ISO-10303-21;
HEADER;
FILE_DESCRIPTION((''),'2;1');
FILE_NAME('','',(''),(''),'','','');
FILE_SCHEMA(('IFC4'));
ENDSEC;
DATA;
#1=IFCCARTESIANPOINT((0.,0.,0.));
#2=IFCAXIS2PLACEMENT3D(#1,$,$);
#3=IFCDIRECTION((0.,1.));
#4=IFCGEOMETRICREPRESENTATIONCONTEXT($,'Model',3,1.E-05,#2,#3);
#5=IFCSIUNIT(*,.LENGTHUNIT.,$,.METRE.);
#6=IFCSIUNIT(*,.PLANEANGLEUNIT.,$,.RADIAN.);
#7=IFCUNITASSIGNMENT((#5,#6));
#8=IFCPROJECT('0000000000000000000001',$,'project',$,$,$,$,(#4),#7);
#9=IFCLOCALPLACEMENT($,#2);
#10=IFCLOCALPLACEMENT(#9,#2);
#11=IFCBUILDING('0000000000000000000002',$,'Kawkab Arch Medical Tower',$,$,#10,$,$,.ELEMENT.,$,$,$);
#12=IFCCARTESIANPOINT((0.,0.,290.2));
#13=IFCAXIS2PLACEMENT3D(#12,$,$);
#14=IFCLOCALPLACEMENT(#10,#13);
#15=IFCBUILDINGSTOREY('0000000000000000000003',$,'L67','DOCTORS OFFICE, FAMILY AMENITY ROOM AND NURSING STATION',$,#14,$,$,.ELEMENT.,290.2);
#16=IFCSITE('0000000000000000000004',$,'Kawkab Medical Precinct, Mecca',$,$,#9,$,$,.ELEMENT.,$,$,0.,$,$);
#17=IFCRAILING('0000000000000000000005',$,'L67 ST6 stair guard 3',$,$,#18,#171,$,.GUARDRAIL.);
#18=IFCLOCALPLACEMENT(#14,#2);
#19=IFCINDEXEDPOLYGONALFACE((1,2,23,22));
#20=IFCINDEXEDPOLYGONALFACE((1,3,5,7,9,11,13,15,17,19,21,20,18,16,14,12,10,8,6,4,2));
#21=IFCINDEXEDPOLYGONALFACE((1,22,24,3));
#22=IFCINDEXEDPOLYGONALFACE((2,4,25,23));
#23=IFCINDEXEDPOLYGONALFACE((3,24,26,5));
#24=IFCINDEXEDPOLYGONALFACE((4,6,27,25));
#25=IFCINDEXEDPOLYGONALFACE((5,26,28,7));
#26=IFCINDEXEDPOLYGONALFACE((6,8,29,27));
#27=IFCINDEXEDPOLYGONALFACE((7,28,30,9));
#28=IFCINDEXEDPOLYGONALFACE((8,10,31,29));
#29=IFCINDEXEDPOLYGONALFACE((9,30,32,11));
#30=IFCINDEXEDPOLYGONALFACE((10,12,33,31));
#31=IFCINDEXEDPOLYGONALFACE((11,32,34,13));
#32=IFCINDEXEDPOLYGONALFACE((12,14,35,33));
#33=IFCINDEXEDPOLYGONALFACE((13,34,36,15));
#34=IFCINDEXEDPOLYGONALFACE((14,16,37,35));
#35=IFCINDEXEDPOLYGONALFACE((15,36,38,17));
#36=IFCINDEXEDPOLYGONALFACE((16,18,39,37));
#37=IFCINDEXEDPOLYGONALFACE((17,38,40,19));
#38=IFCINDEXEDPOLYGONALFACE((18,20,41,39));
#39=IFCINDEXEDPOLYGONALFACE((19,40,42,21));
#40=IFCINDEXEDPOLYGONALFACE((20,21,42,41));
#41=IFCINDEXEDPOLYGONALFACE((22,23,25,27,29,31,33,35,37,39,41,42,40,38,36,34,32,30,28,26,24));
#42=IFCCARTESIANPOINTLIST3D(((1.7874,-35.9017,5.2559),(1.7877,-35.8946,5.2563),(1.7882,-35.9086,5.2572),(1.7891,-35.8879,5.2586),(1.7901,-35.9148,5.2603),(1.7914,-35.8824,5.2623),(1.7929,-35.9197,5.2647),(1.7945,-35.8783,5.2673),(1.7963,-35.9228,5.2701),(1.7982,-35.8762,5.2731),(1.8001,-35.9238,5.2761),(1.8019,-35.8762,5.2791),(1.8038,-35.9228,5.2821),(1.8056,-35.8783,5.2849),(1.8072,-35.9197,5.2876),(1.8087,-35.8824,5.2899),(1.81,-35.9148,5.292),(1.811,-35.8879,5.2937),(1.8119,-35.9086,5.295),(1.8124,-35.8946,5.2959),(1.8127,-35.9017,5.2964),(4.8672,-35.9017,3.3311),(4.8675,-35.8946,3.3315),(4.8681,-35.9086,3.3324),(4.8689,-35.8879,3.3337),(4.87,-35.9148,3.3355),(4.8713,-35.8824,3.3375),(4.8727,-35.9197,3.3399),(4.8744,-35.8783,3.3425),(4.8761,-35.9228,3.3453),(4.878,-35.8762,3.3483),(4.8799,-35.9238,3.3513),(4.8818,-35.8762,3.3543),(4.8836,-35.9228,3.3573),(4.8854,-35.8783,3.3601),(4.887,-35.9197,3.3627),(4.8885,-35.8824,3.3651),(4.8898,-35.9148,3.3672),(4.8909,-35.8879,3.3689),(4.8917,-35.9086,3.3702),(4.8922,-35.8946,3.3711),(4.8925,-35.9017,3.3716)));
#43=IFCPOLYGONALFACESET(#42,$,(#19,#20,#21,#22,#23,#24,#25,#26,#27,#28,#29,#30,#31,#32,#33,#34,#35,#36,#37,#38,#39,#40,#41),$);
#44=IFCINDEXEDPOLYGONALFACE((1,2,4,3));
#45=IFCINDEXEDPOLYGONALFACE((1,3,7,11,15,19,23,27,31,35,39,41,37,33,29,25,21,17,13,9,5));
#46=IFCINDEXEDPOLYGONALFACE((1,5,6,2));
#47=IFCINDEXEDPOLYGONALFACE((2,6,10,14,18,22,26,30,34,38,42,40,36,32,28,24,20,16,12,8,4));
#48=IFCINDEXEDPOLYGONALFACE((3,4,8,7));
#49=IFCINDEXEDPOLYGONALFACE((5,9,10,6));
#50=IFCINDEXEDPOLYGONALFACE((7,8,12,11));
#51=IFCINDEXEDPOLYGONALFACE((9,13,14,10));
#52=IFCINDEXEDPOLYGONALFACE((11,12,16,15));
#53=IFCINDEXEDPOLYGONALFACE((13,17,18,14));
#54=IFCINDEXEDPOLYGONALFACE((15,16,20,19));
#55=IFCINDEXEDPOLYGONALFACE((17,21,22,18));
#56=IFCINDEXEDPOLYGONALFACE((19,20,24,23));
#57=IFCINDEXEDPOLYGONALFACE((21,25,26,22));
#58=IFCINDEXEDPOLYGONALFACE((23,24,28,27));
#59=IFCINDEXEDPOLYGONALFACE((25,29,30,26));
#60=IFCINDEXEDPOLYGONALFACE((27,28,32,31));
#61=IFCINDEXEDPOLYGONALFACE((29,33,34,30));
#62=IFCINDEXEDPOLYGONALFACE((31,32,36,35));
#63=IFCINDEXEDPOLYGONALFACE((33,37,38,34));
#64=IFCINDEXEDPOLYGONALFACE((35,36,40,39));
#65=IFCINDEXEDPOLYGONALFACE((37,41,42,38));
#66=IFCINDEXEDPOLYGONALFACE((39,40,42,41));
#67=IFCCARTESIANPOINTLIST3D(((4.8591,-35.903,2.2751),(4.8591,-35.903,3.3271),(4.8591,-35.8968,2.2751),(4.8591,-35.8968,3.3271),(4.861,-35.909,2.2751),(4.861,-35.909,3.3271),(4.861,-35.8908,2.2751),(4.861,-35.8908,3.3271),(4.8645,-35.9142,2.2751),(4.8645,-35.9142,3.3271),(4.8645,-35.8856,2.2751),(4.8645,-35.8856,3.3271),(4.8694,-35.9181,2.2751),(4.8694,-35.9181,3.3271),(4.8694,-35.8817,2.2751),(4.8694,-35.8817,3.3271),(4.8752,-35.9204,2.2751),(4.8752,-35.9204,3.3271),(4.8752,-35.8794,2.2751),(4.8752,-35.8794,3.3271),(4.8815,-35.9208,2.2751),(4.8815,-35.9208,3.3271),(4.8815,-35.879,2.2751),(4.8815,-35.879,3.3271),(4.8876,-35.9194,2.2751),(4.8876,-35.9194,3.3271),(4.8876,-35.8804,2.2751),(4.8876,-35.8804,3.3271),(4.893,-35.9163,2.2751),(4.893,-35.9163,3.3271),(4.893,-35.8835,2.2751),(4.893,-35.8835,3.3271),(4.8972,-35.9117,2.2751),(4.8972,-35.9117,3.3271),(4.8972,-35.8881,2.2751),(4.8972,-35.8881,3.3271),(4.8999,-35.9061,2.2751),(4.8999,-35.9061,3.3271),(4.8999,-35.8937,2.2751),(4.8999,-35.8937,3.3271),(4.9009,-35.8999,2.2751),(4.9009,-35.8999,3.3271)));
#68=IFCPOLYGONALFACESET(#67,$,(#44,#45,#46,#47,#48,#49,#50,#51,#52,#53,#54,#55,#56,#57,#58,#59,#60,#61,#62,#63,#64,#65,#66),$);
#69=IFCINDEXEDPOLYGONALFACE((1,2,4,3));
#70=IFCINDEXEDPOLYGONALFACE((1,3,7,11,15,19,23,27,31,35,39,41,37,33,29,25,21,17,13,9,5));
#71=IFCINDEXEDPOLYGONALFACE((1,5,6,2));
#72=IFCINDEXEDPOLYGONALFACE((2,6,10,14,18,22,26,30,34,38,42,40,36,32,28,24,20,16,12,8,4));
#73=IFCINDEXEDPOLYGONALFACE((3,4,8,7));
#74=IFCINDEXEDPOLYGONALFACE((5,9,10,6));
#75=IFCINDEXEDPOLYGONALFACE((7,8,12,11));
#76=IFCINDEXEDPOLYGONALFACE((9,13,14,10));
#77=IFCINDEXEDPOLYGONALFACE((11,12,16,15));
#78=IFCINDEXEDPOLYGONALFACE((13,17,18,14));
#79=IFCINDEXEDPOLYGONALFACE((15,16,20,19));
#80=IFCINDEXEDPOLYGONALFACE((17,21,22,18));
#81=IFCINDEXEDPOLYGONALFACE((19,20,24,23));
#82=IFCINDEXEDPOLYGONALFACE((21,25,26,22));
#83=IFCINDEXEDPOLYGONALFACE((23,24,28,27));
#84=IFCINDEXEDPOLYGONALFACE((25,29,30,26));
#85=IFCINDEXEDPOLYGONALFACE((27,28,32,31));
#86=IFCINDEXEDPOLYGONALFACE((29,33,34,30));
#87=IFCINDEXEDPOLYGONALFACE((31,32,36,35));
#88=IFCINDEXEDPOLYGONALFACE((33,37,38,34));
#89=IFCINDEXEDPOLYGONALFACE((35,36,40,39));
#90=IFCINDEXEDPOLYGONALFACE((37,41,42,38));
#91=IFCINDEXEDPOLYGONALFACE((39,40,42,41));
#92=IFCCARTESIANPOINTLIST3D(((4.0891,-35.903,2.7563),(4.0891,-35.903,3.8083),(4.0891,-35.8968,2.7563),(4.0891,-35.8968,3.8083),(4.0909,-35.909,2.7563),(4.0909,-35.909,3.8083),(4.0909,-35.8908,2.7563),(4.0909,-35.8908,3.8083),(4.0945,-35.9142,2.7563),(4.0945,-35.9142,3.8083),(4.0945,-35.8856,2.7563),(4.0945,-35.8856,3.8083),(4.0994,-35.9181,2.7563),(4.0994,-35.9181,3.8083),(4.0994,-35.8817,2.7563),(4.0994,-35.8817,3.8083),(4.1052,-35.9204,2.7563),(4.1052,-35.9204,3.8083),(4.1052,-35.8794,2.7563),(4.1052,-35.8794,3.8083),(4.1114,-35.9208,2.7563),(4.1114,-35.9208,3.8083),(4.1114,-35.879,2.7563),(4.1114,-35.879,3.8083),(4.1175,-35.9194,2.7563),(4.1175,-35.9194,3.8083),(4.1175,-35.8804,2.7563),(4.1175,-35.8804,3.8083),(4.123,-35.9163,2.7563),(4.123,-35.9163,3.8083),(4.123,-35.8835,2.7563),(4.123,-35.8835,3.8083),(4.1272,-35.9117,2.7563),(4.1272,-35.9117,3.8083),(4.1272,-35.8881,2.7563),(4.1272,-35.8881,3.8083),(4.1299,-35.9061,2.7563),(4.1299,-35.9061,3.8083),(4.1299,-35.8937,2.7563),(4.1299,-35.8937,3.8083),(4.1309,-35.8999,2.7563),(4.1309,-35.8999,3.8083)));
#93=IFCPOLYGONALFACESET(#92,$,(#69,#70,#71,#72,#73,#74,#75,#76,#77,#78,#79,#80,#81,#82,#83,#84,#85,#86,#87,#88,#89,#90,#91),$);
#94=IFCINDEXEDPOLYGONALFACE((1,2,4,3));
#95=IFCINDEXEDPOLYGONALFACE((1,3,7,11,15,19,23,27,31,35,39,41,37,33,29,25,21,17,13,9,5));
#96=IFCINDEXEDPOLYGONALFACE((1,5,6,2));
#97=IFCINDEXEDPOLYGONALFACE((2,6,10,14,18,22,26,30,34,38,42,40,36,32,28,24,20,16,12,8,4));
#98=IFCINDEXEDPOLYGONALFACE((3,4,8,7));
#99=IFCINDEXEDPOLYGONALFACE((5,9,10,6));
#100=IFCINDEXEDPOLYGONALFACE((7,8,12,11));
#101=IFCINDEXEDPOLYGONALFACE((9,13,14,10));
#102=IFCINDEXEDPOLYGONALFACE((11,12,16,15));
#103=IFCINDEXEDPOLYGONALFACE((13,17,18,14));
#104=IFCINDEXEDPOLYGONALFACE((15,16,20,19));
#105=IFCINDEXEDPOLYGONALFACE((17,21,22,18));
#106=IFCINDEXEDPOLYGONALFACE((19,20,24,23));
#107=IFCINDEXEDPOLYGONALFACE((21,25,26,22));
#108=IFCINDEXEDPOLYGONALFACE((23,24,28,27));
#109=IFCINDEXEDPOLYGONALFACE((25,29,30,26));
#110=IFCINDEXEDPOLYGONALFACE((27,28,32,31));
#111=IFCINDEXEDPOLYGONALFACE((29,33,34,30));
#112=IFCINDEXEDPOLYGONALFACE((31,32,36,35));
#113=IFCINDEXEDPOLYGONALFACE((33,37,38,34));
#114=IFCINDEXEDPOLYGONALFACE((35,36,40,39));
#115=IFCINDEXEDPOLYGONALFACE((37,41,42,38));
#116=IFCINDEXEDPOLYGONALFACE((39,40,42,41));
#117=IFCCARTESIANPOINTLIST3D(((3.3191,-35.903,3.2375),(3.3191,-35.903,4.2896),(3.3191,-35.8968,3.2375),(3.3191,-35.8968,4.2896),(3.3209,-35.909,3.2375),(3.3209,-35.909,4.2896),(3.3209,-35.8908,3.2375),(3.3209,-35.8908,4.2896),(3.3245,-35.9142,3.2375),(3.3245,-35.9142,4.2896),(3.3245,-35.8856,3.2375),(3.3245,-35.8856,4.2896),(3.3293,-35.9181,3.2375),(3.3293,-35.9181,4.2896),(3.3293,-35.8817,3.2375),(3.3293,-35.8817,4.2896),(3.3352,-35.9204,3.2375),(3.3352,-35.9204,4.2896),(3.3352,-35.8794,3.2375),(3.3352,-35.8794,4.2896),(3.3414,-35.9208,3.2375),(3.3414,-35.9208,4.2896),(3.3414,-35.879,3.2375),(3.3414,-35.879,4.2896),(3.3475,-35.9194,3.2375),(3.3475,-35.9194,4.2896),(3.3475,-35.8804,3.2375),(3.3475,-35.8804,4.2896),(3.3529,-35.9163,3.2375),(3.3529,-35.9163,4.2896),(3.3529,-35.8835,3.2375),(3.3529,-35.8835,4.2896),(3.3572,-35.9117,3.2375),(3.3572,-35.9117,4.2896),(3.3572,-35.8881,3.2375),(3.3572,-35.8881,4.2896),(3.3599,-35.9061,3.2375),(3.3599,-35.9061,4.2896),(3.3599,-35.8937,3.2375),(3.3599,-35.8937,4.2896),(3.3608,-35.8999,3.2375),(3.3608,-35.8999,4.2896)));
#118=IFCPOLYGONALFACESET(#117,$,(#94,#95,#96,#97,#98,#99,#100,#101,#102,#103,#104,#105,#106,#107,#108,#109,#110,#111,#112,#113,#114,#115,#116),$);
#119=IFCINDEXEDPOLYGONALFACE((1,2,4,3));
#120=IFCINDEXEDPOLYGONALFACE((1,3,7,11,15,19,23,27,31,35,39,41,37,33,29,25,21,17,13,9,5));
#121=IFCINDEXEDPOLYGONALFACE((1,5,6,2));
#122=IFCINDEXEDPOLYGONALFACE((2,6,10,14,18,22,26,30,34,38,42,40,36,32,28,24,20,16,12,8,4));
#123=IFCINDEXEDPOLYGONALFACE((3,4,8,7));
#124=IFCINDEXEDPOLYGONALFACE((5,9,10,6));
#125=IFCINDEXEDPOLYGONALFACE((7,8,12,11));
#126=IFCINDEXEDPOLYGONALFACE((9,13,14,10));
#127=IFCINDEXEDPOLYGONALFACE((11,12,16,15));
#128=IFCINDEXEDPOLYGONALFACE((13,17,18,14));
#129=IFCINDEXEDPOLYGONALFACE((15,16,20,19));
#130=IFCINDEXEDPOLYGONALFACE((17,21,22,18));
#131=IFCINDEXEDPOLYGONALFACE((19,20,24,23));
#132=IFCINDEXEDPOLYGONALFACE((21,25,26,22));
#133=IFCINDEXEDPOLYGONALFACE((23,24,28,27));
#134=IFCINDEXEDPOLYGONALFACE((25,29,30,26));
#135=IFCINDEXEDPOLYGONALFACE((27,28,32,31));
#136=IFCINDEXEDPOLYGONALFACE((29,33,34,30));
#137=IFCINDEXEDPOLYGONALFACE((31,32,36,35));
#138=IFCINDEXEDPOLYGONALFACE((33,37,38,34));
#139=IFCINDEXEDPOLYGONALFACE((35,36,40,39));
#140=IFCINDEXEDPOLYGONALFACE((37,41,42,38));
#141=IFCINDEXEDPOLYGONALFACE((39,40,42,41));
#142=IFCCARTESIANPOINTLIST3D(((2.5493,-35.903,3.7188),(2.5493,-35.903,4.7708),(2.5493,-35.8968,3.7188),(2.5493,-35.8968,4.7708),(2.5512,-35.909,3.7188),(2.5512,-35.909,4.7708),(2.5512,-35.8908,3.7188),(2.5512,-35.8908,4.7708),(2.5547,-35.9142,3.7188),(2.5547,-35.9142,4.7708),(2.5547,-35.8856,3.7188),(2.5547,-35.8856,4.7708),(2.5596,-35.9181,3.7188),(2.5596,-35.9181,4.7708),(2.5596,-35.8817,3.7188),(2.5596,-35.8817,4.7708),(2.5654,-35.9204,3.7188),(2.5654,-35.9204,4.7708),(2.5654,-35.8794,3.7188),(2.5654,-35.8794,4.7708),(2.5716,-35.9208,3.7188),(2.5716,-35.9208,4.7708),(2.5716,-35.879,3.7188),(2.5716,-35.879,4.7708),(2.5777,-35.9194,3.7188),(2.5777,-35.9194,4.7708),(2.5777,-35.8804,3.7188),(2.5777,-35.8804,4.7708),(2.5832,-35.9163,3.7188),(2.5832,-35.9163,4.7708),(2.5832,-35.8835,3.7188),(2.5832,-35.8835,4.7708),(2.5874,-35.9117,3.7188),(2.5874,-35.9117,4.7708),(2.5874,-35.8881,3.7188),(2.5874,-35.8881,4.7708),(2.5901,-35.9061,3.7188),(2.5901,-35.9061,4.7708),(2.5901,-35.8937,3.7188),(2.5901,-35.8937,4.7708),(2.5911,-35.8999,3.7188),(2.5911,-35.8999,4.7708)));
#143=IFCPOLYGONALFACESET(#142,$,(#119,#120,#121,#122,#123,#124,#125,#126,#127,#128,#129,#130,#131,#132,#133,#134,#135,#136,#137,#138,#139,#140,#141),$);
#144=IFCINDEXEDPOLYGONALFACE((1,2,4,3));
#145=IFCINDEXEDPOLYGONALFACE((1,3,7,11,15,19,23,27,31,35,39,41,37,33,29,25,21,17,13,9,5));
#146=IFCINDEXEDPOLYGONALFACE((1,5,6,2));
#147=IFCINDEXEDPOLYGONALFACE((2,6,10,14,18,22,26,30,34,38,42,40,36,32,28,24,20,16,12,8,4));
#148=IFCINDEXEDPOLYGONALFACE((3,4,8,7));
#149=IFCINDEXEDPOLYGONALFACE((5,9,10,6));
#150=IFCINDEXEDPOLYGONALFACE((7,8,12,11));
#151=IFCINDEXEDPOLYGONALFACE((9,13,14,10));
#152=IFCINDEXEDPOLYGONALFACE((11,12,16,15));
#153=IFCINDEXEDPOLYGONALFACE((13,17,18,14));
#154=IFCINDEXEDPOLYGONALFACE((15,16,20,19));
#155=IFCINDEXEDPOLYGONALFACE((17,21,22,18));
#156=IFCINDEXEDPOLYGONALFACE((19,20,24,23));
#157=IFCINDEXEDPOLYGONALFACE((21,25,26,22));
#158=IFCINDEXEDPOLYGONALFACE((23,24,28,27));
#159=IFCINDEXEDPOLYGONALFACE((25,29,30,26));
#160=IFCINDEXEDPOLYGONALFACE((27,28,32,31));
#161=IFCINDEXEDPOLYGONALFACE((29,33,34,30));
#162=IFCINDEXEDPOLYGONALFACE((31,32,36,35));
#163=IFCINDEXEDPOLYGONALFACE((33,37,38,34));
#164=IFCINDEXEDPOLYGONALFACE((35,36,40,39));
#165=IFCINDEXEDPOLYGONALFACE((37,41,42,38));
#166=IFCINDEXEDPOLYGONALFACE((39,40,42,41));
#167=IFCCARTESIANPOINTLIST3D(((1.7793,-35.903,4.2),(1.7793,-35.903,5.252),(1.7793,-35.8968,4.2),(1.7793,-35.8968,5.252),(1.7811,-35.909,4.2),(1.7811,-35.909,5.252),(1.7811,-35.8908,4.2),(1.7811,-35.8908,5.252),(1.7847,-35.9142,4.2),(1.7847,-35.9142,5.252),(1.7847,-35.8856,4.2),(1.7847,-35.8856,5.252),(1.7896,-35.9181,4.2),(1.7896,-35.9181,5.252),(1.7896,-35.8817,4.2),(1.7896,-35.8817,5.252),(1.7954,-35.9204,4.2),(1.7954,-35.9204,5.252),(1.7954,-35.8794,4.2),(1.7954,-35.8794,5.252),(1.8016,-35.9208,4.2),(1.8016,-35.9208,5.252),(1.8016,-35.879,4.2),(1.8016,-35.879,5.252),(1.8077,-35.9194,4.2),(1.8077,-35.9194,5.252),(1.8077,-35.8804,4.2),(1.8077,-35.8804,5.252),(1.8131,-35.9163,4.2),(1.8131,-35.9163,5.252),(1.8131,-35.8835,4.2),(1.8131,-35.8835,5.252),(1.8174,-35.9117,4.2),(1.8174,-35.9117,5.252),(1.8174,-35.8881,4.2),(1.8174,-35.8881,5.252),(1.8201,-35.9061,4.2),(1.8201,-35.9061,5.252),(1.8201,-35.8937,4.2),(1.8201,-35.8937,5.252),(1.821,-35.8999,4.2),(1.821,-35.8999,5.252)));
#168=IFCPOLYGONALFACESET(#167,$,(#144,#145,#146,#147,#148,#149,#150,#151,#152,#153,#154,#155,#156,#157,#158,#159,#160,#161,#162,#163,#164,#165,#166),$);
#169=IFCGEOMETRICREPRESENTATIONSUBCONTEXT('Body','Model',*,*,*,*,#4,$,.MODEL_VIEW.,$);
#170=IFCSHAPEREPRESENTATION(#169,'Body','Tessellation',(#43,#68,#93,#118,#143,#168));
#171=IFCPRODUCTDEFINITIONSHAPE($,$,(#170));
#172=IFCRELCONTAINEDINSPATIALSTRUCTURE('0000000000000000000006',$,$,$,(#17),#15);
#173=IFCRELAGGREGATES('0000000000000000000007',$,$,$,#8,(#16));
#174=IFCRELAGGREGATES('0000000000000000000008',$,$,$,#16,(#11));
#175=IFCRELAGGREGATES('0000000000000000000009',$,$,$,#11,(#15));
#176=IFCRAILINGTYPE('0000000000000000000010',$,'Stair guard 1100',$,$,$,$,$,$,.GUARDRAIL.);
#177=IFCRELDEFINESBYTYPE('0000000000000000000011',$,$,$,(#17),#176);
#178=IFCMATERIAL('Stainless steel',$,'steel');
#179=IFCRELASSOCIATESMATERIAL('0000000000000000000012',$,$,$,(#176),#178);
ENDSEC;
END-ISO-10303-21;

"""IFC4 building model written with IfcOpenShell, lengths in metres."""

from ifc_helpers import new_model, si_unit, direction, frame, origin, origin_2d, place, context, subcontext, project, spatial, circle, extrude, material, type_object, element, save


model = new_model("IFC4")

# Units and contexts
model_context = context("Model", 3, precision=1e-05, world=origin(), true_north=direction((0.0, 1.0)))
body_context = subcontext(model_context, "Body", "Model", "MODEL_VIEW")
ifc_project = project(units=[si_unit("LENGTHUNIT", "METRE"), si_unit("PLANEANGLEUNIT", "RADIAN")], contexts=[model_context])

# Site, building, storey
site_placement = place(None, origin())
site = spatial("IfcSite", under=ifc_project, at=site_placement, Name="Kawkab Medical Precinct, Mecca", CompositionType="ELEMENT", RefElevation=0.0)
building_placement = place(site_placement, origin())
building = spatial("IfcBuilding", under=site, at=building_placement, Name="Kawkab Arch Medical Tower", CompositionType="ELEMENT")
storey_placement = place(building_placement, frame((0.0, 0.0, 290.2)))
storey = spatial("IfcBuildingStorey", under=building, at=storey_placement, Name="L67", Description="DOCTORS OFFICE, FAMILY AMENITY ROOM AND NURSING STATION", CompositionType="ELEMENT", Elevation=290.2)

# Railing
ifc_material_1 = material(Name="Stainless steel", Category="steel")
railing_type = type_object("IfcRailingType", Name="Stair guard 1100", PredefinedType="GUARDRAIL", material=ifc_material_1)
railing_1_placement = place(storey_placement, frame((4.8799, -35.8999, 2.2751)))
element("IfcRailing", 1, at=railing_1_placement, inside=storey, type_object=railing_type, Name="L67 ST6 stair guard 3", PredefinedType="GUARDRAIL", context=body_context, shape_type="SweptSolid", body=[
    extrude(circle(Radius=0.0239, at=origin_2d()), frame((0.0, 0.0, 1.0762), z_axis=(-0.84801, 0.0, 0.529981), x_axis=(0.0, -1.0, 0.0)), (0.0, 0.0, 1.0), 3.6318),
    extrude(circle(Radius=0.021, at=origin_2d()), origin(), (0.0, 0.0, 1.0), 1.052),
    extrude(circle(Radius=0.021, at=origin_2d()), frame((-0.77, 0.0, 0.4812)), (0.0, 0.0, 1.0), 1.052),
    extrude(circle(Radius=0.021, at=origin_2d()), frame((-1.54, 0.0, 0.9624)), (0.0, 0.0, 1.0), 1.052),
    extrude(circle(Radius=0.021, at=origin_2d()), frame((-2.3098, 0.0, 1.4436)), (0.0, 0.0, 1.0), 1.052),
    extrude(circle(Radius=0.021, at=origin_2d()), frame((-3.0798, 0.0, 1.9248)), (0.0, 0.0, 1.0), 1.052),
])

save(model, "model.ifc")
